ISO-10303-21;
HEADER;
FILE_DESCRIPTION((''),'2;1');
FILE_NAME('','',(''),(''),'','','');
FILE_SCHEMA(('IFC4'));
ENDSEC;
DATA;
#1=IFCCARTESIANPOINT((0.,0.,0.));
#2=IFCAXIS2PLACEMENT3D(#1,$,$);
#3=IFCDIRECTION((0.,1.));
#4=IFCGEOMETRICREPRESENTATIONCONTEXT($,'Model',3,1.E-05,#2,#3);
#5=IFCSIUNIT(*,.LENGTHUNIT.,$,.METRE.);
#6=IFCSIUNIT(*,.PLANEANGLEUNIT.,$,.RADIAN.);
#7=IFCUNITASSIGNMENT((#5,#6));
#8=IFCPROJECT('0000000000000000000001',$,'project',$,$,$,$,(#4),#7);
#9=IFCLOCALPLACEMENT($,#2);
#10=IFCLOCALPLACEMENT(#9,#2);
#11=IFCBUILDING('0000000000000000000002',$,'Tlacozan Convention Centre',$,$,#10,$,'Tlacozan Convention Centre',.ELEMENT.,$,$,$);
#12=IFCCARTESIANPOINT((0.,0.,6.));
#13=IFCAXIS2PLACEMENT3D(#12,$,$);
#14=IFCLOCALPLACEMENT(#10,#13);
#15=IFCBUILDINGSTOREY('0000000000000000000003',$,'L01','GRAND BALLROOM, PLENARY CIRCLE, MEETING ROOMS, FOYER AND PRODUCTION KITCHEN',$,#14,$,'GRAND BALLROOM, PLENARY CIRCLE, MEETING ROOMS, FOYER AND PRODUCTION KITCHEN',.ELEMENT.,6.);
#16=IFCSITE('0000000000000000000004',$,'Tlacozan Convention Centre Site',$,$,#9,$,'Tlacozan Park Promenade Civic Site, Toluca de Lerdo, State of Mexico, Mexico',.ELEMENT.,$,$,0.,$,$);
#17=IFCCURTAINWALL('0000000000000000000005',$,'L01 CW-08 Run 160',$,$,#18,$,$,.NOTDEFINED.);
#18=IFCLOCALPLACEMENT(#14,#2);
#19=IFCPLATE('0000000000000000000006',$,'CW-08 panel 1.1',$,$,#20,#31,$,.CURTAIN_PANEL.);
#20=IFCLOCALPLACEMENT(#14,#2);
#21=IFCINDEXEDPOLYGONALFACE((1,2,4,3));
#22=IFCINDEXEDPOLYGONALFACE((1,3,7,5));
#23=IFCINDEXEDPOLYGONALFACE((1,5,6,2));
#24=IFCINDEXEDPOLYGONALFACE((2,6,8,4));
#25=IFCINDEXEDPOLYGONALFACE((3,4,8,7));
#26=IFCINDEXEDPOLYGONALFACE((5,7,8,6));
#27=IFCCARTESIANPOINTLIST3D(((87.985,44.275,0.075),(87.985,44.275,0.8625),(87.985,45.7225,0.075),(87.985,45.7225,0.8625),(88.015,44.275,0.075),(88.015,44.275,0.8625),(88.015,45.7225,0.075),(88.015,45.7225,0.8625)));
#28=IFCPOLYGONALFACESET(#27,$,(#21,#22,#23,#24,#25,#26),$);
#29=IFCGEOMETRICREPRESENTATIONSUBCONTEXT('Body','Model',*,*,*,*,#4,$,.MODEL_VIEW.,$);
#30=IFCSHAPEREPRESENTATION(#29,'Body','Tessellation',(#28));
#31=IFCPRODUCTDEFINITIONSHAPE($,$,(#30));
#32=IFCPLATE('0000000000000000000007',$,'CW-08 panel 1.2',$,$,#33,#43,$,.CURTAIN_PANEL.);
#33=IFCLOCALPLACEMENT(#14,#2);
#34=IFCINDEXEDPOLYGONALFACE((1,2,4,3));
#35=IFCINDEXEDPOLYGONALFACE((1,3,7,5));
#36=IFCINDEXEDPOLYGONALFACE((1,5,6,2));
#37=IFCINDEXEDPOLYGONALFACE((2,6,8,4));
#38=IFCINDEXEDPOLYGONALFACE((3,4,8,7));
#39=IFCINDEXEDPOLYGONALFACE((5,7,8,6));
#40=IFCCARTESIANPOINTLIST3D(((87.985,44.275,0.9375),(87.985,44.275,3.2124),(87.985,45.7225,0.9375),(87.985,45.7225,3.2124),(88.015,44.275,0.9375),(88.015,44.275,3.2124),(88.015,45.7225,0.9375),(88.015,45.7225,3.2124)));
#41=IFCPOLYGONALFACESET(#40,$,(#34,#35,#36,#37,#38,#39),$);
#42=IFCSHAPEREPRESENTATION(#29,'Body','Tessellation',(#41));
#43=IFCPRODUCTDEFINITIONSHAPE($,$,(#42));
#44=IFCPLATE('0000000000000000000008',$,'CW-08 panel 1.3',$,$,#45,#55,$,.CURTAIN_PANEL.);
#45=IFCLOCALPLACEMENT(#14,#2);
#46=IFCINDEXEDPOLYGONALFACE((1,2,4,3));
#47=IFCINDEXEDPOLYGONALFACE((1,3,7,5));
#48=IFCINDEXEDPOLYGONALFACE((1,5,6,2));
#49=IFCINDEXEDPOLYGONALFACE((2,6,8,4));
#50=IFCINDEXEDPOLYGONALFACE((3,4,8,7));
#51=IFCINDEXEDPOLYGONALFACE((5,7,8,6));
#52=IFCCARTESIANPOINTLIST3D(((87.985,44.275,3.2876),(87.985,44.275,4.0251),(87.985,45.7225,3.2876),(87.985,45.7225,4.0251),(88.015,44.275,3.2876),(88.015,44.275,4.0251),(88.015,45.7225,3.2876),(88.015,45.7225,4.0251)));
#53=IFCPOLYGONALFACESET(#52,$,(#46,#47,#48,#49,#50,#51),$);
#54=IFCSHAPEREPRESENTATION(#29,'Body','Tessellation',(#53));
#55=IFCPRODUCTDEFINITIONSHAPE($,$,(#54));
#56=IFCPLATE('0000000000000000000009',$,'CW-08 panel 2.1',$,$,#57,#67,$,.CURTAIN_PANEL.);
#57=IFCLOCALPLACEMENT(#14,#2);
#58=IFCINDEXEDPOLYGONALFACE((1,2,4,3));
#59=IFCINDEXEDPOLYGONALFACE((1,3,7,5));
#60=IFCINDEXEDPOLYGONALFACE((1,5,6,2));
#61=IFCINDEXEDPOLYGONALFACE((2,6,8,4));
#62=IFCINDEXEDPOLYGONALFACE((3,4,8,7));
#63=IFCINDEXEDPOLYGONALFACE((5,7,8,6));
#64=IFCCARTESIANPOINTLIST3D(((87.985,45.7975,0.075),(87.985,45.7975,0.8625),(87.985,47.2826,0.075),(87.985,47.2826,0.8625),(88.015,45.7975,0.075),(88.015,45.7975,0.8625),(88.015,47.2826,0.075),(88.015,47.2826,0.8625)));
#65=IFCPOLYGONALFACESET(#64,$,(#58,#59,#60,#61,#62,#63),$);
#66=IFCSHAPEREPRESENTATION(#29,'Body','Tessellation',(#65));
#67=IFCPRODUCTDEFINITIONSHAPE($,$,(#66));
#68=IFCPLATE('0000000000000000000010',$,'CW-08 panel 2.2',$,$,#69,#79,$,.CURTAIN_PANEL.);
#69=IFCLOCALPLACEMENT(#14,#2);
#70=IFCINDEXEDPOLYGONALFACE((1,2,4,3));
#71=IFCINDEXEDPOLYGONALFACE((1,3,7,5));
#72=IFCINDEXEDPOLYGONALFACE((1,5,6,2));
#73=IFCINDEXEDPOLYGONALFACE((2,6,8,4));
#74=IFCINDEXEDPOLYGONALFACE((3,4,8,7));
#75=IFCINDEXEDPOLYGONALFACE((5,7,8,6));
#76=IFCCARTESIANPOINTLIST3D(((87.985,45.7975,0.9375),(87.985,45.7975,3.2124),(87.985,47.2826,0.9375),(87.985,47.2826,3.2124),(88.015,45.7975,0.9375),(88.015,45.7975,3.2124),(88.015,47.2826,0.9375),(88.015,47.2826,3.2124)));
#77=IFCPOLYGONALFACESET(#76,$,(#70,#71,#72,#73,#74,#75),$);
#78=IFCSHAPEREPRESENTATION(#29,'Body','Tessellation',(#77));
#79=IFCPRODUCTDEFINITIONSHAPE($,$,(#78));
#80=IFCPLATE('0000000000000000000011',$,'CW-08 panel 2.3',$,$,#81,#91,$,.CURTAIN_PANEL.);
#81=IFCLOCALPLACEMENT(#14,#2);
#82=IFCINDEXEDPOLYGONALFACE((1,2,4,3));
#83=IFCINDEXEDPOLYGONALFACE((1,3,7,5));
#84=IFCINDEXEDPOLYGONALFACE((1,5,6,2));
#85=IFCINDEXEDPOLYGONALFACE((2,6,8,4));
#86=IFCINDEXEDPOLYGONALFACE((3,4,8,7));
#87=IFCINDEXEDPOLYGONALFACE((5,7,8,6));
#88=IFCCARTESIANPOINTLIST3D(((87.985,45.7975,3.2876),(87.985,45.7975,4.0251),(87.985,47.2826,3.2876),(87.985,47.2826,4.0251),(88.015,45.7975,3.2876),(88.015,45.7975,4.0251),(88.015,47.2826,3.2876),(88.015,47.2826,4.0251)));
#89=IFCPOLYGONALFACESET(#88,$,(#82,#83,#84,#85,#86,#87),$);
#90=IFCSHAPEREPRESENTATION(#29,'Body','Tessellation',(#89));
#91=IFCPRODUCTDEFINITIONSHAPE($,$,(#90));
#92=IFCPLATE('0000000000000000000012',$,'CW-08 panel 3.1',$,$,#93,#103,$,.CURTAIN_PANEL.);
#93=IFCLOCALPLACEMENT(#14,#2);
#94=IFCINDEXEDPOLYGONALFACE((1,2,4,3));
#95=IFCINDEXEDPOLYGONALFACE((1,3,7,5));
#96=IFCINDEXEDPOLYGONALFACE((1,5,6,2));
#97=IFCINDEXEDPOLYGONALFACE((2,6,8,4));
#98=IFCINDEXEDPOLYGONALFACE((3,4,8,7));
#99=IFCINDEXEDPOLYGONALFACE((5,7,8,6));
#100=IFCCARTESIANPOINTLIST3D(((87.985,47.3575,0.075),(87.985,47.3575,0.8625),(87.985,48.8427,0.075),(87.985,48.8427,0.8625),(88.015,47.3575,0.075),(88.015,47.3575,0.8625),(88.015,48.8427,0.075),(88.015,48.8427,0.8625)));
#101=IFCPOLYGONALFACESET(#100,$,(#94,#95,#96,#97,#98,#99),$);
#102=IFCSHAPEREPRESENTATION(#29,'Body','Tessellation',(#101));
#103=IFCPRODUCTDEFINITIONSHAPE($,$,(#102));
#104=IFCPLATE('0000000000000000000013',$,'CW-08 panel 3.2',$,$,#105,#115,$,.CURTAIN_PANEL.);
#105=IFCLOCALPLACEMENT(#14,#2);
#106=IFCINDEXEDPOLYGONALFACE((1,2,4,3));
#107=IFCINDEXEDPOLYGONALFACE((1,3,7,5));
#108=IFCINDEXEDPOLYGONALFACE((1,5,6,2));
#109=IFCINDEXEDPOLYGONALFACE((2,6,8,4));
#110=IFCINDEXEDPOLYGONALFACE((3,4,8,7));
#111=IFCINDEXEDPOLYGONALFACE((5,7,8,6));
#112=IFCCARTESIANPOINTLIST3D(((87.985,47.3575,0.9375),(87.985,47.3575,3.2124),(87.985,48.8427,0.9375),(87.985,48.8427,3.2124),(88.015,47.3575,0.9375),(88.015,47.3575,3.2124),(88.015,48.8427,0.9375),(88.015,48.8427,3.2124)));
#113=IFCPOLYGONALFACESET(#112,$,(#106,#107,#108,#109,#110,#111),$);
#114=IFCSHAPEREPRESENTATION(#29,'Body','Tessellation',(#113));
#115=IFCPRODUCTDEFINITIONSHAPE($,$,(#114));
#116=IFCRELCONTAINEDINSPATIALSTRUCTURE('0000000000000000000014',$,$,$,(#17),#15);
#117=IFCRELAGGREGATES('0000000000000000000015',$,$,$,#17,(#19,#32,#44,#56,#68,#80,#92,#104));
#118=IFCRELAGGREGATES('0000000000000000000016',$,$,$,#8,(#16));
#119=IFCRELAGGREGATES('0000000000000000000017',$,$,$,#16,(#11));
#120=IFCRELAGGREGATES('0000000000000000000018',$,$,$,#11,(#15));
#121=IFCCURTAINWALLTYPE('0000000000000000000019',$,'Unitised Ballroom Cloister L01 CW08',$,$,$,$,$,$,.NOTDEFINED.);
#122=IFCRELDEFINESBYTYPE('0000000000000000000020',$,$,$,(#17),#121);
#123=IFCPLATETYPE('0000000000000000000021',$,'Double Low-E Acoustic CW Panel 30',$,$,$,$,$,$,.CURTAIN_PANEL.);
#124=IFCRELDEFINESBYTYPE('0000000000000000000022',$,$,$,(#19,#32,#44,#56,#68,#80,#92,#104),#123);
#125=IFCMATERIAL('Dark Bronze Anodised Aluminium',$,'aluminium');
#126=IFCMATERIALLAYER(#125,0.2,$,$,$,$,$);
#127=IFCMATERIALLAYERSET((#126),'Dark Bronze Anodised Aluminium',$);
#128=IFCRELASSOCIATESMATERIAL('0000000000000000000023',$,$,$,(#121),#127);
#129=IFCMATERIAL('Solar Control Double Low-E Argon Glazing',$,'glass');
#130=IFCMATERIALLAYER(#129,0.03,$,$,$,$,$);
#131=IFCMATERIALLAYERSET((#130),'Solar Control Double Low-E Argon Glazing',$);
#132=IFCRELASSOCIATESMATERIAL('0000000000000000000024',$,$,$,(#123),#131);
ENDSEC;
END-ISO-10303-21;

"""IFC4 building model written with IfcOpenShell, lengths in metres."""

from ifc_helpers import new_model, si_unit, direction, frame, origin, origin_2d, place, context, subcontext, project, spatial, rectangle, extrude, material, layer, layer_set, type_object, element, aggregate, save


model = new_model("IFC4")

# Units and contexts
model_context = context("Model", 3, precision=1e-05, world=origin(), true_north=direction((0.0, 1.0)))
body_context = subcontext(model_context, "Body", "Model", "MODEL_VIEW")
ifc_project = project(units=[si_unit("LENGTHUNIT", "METRE"), si_unit("PLANEANGLEUNIT", "RADIAN")], contexts=[model_context])

# Site, building, storey
site_placement = place(None, origin())
site = spatial("IfcSite", under=ifc_project, at=site_placement, Name="Tlacozan Convention Centre Site", LongName="Tlacozan Park Promenade Civic Site, Toluca de Lerdo, State of Mexico, Mexico", CompositionType="ELEMENT", RefElevation=0.0)
building_placement = place(site_placement, origin())
building = spatial("IfcBuilding", under=site, at=building_placement, Name="Tlacozan Convention Centre", LongName="Tlacozan Convention Centre", CompositionType="ELEMENT")
storey_placement = place(building_placement, frame((0.0, 0.0, 6.0)))
storey = spatial("IfcBuildingStorey", under=building, at=storey_placement, Name="L01", Description="GRAND BALLROOM, PLENARY CIRCLE, MEETING ROOMS, FOYER AND PRODUCTION KITCHEN", LongName="GRAND BALLROOM, PLENARY CIRCLE, MEETING ROOMS, FOYER AND PRODUCTION KITCHEN", CompositionType="ELEMENT", Elevation=6.0)

# Curtain wall, plates
ifc_material_1 = material(Name="Dark Bronze Anodised Aluminium", Category="aluminium")
ifc_layer_1 = layer(ifc_material_1, 0.2)
ifc_layer_set_1 = layer_set([ifc_layer_1], Name="Dark Bronze Anodised Aluminium")
curtain_wall_type = type_object("IfcCurtainWallType", Name="Unitised Ballroom Cloister L01 CW08", PredefinedType="NOTDEFINED", material=ifc_layer_set_1)
curtain_wall_placement = place(storey_placement, origin())
curtain_wall = element("IfcCurtainWall", 1, at=curtain_wall_placement, inside=storey, type_object=curtain_wall_type, Name="L01 CW-08 Run 160", PredefinedType="NOTDEFINED")
ifc_material_2 = material(Name="Solar Control Double Low-E Argon Glazing", Category="glass")
ifc_layer_2 = layer(ifc_material_2, 0.03)
ifc_layer_set_2 = layer_set([ifc_layer_2], Name="Solar Control Double Low-E Argon Glazing")
plate_type = type_object("IfcPlateType", Name="Double Low-E Acoustic CW Panel 30", PredefinedType="CURTAIN_PANEL", material=ifc_layer_set_2)
plate_1_placement = place(storey_placement, frame((88.0, 44.9988, 0.075), z_axis=(0.0, 0.0, 1.0), x_axis=(0.0, 1.0, 0.0)))
plate_1 = element("IfcPlate", 2, at=plate_1_placement, type_object=plate_type, Name="CW-08 panel 1.1", PredefinedType="CURTAIN_PANEL", context=body_context, shape_type="SweptSolid", body=[
    extrude(rectangle(XDim=1.4475, YDim=0.03, at=origin_2d()), origin(), (0.0, 0.0, 1.0), 0.7876),
])
plate_2_placement = place(storey_placement, frame((88.0, 44.9988, 0.9375), z_axis=(0.0, 0.0, 1.0), x_axis=(0.0, 1.0, 0.0)))
plate_2 = element("IfcPlate", 3, at=plate_2_placement, type_object=plate_type, Name="CW-08 panel 1.2", PredefinedType="CURTAIN_PANEL", context=body_context, shape_type="SweptSolid", body=[
    extrude(rectangle(XDim=1.4475, YDim=0.03, at=origin_2d()), origin(), (0.0, 0.0, 1.0), 2.2749),
])
plate_3_placement = place(storey_placement, frame((88.0, 44.9988, 3.2876), z_axis=(0.0, 0.0, 1.0), x_axis=(0.0, 1.0, 0.0)))
plate_3 = element("IfcPlate", 4, at=plate_3_placement, type_object=plate_type, Name="CW-08 panel 1.3", PredefinedType="CURTAIN_PANEL", context=body_context, shape_type="SweptSolid", body=[
    extrude(rectangle(XDim=1.4475, YDim=0.03, at=origin_2d()), origin(), (0.0, 0.0, 1.0), 0.7375),
])
plate_4_placement = place(storey_placement, frame((88.0, 46.54, 0.075), z_axis=(0.0, 0.0, 1.0), x_axis=(0.0, 1.0, 0.0)))
plate_4 = element("IfcPlate", 5, at=plate_4_placement, type_object=plate_type, Name="CW-08 panel 2.1", PredefinedType="CURTAIN_PANEL", context=body_context, shape_type="SweptSolid", body=[
    extrude(rectangle(XDim=1.4851, YDim=0.03, at=origin_2d()), origin(), (0.0, 0.0, 1.0), 0.7876),
])
plate_5_placement = place(storey_placement, frame((88.0, 46.54, 0.9375), z_axis=(0.0, 0.0, 1.0), x_axis=(0.0, 1.0, 0.0)))
plate_5 = element("IfcPlate", 6, at=plate_5_placement, type_object=plate_type, Name="CW-08 panel 2.2", PredefinedType="CURTAIN_PANEL", context=body_context, shape_type="SweptSolid", body=[
    extrude(rectangle(XDim=1.4851, YDim=0.03, at=origin_2d()), origin(), (0.0, 0.0, 1.0), 2.2749),
])
plate_6_placement = place(storey_placement, frame((88.0, 46.54, 3.2876), z_axis=(0.0, 0.0, 1.0), x_axis=(0.0, 1.0, 0.0)))
plate_6 = element("IfcPlate", 7, at=plate_6_placement, type_object=plate_type, Name="CW-08 panel 2.3", PredefinedType="CURTAIN_PANEL", context=body_context, shape_type="SweptSolid", body=[
    extrude(rectangle(XDim=1.4851, YDim=0.03, at=origin_2d()), origin(), (0.0, 0.0, 1.0), 0.7375),
])
plate_7_placement = place(storey_placement, frame((88.0, 48.1001, 0.075), z_axis=(0.0, 0.0, 1.0), x_axis=(0.0, 1.0, 0.0)))
plate_7 = element("IfcPlate", 8, at=plate_7_placement, type_object=plate_type, Name="CW-08 panel 3.1", PredefinedType="CURTAIN_PANEL", context=body_context, shape_type="SweptSolid", body=[
    extrude(rectangle(XDim=1.4851, YDim=0.03, at=origin_2d()), origin(), (0.0, 0.0, 1.0), 0.7876),
])
plate_8_placement = place(storey_placement, frame((88.0, 48.1001, 0.9375), z_axis=(0.0, 0.0, 1.0), x_axis=(0.0, 1.0, 0.0)))
plate_8 = element("IfcPlate", 9, at=plate_8_placement, type_object=plate_type, Name="CW-08 panel 3.2", PredefinedType="CURTAIN_PANEL", context=body_context, shape_type="SweptSolid", body=[
    extrude(rectangle(XDim=1.4851, YDim=0.03, at=origin_2d()), origin(), (0.0, 0.0, 1.0), 2.2749),
])
aggregate(curtain_wall, [plate_1, plate_2, plate_3, plate_4, plate_5, plate_6, plate_7, plate_8])

save(model, "model.ifc")
